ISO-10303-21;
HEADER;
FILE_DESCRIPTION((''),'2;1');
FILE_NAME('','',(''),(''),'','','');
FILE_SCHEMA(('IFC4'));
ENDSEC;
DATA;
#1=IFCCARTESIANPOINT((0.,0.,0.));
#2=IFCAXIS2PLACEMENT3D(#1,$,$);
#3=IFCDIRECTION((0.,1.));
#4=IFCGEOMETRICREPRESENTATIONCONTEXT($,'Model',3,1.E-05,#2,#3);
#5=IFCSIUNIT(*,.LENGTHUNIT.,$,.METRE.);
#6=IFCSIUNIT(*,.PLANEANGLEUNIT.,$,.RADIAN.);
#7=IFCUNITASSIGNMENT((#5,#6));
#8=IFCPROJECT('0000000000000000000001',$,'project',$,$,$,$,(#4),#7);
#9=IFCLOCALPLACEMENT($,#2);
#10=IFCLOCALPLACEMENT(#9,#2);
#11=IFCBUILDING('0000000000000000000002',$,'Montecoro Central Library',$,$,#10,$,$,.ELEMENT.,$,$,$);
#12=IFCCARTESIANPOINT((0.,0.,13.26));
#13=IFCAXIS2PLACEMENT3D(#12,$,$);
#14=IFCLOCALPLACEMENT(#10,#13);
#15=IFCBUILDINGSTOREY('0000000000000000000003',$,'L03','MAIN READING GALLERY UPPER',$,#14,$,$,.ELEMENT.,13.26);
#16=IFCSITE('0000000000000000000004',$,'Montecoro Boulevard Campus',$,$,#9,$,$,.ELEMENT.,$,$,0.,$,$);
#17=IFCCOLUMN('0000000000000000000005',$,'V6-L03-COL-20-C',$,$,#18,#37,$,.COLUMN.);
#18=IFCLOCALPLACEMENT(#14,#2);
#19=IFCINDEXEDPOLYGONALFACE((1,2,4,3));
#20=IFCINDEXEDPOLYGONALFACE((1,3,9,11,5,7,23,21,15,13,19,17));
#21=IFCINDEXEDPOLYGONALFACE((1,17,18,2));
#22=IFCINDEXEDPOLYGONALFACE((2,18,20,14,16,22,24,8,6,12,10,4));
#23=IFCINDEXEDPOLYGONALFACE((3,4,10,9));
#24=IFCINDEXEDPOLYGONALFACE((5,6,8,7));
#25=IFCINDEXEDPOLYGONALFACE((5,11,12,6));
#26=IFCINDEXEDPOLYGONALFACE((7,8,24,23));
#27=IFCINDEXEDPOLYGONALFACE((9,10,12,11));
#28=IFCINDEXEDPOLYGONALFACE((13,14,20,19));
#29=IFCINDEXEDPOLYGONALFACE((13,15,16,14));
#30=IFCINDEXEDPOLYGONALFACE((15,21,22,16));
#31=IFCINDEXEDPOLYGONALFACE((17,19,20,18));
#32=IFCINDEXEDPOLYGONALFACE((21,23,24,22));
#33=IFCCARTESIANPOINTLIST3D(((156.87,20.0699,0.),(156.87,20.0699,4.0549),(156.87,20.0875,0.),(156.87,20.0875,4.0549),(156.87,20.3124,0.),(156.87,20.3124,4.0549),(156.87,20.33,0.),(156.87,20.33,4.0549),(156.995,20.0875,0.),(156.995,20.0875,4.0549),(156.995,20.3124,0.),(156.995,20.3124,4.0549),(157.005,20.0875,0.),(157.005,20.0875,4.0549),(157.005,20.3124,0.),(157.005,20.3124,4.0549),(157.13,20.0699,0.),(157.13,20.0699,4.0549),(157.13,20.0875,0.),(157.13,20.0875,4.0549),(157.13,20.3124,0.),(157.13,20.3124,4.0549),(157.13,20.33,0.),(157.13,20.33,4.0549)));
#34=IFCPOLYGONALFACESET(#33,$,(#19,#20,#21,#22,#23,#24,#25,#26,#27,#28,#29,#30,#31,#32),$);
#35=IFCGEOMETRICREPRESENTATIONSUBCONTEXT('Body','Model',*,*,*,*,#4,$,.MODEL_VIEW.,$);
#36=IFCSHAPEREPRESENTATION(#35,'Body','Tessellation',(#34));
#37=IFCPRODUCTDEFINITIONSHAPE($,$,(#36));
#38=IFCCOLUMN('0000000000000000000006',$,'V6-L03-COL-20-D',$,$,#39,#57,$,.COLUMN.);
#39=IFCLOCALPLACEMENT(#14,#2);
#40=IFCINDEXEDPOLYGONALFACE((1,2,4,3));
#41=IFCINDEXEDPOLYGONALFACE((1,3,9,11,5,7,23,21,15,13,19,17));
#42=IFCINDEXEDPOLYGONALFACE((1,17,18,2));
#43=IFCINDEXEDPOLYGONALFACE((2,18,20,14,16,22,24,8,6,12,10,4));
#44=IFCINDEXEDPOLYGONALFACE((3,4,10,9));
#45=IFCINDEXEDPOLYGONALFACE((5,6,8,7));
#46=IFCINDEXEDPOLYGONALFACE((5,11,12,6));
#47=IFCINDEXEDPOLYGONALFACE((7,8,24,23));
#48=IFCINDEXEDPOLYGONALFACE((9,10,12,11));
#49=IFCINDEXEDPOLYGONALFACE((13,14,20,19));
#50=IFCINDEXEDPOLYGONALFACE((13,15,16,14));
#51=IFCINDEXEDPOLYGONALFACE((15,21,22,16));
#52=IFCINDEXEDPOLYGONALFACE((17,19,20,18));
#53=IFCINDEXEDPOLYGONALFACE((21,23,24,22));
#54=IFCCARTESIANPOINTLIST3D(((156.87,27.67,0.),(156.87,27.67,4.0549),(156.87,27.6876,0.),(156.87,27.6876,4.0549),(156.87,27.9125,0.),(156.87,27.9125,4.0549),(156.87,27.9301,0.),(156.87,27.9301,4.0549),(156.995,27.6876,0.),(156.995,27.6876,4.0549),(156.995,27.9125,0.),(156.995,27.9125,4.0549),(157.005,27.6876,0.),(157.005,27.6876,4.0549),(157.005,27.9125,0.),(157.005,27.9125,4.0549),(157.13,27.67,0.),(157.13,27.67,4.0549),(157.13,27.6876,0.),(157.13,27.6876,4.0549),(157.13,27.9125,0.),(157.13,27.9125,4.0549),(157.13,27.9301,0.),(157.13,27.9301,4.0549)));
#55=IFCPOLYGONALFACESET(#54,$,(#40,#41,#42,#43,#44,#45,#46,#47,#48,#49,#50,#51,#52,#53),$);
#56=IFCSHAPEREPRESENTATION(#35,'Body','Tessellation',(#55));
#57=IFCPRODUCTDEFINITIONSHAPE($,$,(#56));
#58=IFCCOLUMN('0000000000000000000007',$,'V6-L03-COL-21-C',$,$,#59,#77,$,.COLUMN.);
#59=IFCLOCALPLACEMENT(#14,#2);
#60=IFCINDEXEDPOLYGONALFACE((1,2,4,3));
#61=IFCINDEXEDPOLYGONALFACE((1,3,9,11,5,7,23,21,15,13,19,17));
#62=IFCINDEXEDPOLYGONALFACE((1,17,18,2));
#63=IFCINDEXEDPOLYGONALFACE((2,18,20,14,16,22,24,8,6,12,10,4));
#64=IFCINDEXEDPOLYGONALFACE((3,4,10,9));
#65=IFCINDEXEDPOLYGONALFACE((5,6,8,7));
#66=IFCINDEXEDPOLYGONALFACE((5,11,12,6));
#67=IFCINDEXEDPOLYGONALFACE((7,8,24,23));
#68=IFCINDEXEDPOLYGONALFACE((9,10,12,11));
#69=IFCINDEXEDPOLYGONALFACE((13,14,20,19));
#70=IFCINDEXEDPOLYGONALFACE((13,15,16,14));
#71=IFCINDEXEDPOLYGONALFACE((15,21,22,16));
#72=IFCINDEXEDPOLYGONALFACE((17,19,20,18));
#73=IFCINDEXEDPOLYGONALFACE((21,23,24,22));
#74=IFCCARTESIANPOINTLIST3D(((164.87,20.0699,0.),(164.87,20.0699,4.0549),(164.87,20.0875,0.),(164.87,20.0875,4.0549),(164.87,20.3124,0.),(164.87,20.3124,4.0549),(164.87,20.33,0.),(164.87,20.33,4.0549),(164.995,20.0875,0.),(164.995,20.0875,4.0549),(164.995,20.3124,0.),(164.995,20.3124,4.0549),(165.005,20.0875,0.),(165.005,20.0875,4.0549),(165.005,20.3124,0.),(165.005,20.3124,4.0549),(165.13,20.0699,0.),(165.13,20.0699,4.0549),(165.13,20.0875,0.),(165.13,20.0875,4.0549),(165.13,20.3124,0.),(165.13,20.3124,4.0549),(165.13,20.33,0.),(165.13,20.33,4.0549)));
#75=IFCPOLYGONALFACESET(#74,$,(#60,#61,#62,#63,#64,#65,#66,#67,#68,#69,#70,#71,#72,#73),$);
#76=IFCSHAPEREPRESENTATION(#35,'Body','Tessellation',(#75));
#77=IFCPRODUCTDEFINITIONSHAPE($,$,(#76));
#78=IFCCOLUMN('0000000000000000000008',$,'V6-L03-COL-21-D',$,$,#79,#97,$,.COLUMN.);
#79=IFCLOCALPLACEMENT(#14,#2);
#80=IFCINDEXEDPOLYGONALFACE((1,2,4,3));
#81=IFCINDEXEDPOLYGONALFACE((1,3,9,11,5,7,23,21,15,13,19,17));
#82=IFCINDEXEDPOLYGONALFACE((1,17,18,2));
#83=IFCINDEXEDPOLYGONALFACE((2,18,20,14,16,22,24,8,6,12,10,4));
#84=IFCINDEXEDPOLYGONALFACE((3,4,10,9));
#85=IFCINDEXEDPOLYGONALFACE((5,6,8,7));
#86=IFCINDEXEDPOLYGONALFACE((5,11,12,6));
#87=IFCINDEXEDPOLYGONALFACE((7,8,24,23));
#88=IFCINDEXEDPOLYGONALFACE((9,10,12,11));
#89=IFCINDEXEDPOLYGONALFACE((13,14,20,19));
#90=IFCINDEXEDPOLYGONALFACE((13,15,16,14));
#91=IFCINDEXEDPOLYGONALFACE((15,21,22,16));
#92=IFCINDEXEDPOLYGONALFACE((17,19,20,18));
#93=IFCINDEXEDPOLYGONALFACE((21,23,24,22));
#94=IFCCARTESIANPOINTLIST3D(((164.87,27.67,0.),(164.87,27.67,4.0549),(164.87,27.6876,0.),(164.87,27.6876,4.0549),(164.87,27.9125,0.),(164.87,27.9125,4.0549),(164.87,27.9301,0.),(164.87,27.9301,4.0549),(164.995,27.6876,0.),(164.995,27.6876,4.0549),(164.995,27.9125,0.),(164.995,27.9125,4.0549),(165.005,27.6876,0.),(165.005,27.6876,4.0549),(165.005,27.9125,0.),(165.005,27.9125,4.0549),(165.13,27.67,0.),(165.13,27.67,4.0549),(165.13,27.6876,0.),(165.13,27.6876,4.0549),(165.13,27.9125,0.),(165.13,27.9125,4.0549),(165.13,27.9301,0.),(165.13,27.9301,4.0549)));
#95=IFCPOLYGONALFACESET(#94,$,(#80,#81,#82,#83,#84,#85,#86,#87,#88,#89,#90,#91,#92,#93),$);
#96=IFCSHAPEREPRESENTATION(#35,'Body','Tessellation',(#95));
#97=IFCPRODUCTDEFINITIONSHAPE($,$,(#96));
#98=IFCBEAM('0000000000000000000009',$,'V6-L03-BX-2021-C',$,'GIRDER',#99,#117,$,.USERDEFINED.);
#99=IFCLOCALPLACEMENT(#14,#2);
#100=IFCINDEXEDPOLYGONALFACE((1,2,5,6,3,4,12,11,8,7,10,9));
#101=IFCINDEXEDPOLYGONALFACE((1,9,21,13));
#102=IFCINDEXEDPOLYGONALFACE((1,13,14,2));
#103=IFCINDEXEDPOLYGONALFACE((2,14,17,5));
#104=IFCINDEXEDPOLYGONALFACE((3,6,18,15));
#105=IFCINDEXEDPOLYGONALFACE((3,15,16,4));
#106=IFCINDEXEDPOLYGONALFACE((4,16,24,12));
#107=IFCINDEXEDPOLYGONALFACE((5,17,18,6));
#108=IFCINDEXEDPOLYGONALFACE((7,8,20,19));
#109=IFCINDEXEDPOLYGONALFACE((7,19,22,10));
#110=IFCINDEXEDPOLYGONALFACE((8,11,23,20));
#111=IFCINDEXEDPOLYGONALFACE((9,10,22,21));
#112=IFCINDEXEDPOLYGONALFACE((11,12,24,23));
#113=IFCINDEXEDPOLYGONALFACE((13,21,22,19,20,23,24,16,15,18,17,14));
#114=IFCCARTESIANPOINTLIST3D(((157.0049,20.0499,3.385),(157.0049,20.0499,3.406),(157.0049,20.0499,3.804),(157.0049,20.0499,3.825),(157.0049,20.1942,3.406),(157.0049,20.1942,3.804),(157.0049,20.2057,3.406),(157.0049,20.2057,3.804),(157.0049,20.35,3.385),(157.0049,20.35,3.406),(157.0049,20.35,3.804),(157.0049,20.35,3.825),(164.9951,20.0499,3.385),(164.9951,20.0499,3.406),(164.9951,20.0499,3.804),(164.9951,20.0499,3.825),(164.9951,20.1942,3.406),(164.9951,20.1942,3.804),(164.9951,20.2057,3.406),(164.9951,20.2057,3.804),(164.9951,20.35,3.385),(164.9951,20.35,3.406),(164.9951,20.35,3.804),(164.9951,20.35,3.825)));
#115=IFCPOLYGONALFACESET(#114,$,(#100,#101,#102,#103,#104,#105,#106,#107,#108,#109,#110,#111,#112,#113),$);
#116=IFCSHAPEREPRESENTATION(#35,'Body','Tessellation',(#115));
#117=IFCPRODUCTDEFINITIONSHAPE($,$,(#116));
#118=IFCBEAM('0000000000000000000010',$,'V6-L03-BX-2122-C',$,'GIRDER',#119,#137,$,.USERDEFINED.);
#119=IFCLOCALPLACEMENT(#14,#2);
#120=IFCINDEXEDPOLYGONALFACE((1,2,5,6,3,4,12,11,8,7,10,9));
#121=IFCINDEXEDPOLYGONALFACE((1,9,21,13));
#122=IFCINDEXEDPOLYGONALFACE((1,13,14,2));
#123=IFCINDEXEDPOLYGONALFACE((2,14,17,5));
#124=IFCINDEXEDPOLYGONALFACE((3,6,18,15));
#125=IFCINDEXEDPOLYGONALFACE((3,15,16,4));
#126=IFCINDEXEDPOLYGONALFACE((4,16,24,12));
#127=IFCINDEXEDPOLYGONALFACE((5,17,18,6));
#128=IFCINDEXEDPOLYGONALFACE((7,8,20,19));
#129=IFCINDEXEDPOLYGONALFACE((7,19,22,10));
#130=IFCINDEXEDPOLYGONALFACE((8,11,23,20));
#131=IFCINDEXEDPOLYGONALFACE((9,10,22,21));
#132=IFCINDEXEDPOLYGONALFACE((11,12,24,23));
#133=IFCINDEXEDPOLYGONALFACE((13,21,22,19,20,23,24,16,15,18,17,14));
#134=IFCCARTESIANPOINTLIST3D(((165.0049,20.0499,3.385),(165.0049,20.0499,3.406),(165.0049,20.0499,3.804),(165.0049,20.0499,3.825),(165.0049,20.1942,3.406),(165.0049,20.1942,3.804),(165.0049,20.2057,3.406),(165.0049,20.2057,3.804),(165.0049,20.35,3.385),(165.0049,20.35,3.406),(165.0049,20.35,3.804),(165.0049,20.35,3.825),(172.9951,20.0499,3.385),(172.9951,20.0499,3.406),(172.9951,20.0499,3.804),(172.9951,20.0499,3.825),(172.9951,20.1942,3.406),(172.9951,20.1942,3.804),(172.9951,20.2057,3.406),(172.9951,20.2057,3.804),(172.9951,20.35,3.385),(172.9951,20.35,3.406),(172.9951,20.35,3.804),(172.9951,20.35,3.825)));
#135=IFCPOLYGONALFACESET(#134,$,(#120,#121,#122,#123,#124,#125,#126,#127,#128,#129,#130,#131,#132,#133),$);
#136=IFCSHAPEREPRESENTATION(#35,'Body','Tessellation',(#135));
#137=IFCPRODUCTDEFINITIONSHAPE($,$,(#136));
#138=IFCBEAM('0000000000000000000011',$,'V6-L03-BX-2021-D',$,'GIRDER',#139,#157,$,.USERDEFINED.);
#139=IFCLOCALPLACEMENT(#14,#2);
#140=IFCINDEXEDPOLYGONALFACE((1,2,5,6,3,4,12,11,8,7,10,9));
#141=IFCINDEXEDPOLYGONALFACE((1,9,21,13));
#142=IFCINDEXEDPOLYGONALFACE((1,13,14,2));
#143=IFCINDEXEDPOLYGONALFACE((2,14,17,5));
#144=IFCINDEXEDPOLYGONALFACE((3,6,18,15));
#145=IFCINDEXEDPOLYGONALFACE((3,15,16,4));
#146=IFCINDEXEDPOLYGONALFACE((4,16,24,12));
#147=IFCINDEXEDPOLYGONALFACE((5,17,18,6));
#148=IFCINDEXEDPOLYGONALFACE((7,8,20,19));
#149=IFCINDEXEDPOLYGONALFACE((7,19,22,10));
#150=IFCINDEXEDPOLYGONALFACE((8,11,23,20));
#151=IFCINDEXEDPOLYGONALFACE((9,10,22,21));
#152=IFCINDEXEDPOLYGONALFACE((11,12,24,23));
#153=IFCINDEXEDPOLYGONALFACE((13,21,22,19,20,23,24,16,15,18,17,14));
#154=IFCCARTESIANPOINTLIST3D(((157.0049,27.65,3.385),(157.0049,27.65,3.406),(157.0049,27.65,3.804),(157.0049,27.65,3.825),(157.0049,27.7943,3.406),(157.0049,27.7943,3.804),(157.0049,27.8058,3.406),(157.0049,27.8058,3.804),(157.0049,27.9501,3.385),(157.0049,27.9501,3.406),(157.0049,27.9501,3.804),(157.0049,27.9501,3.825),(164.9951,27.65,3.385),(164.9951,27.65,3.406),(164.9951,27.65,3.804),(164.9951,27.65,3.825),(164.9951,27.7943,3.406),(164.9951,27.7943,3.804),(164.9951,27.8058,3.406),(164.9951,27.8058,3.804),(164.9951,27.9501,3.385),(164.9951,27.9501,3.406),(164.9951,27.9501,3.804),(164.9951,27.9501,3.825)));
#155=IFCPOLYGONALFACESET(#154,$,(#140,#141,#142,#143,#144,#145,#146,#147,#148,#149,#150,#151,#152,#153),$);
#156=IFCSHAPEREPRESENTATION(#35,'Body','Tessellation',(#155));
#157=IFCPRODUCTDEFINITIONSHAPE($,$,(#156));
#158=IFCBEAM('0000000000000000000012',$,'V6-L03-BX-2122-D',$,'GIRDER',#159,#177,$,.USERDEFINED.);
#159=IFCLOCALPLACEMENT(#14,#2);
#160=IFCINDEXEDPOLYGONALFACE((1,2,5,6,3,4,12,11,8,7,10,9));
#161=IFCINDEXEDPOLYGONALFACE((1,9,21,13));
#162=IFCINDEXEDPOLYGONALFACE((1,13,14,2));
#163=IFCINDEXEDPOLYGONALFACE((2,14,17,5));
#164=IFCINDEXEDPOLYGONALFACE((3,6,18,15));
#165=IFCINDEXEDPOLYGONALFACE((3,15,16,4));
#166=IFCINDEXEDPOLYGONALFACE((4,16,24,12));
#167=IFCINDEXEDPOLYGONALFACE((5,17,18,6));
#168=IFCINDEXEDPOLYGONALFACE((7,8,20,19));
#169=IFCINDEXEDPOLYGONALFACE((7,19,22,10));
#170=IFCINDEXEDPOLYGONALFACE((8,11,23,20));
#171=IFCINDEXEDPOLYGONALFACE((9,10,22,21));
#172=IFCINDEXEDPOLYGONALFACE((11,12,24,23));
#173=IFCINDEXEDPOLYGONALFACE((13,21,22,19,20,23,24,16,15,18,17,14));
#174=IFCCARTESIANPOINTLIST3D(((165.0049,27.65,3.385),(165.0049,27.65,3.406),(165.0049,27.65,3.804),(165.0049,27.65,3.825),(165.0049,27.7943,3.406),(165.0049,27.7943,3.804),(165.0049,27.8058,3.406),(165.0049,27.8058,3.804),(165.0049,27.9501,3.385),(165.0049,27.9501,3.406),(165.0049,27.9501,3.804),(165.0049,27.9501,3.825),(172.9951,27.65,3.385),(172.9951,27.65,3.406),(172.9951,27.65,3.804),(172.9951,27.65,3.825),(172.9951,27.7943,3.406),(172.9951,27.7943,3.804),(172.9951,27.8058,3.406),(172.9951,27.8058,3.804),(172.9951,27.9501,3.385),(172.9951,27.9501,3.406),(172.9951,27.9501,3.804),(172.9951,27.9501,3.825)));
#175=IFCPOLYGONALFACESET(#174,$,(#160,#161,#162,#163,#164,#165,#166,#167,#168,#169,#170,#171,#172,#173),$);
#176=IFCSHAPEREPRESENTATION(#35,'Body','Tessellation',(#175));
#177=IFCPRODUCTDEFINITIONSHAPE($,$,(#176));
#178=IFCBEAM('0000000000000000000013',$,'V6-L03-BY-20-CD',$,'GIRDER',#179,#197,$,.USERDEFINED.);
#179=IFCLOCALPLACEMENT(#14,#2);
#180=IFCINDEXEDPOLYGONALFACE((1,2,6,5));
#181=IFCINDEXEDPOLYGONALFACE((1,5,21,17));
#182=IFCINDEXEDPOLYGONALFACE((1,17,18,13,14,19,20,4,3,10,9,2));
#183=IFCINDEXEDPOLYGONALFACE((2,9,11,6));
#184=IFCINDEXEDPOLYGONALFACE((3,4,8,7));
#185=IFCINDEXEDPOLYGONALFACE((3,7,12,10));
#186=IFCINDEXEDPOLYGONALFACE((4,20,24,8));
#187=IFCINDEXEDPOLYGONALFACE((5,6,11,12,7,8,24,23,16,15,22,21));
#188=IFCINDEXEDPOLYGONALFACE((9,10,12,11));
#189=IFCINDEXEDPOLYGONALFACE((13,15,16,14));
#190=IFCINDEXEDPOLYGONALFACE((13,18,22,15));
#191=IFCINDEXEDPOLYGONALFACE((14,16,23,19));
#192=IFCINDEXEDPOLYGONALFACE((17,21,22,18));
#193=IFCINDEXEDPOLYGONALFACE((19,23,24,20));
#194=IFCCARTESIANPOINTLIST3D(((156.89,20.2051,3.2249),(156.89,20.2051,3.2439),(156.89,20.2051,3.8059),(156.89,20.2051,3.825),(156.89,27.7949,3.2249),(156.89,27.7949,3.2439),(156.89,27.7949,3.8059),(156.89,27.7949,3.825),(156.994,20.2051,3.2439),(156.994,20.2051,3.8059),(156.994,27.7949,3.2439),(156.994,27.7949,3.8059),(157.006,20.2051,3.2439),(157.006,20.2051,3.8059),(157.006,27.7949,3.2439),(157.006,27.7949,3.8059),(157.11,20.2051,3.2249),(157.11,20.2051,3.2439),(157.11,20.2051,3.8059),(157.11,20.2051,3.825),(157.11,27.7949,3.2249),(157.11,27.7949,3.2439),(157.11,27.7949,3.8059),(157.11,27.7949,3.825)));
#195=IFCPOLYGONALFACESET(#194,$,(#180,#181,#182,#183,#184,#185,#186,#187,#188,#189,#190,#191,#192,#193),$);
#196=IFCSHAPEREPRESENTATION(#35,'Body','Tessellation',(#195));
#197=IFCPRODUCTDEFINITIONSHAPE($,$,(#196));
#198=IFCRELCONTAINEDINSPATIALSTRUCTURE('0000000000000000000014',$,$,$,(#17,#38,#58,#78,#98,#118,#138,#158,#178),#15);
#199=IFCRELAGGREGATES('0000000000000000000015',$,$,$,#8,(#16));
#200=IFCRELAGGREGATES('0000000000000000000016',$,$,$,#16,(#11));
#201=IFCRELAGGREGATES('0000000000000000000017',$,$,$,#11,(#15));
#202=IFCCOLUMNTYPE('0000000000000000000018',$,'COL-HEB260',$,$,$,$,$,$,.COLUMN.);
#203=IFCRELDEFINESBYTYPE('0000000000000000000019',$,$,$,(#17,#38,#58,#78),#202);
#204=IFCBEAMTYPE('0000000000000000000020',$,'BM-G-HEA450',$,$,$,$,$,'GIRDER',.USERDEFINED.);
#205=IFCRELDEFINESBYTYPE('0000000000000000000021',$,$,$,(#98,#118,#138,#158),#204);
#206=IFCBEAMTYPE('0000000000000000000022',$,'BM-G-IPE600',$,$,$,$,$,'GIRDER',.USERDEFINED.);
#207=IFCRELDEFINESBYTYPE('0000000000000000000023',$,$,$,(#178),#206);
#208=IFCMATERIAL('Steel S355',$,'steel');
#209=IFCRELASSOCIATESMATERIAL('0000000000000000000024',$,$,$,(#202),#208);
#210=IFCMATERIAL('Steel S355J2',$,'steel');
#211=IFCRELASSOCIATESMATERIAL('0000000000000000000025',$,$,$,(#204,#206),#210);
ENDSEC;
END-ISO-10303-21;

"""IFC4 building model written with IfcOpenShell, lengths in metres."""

from ifc_helpers import new_model, si_unit, direction, frame, origin, origin_2d, place, context, subcontext, project, spatial, i_section, extrude, material, material_profile, profile_set, type_object, element, save


model = new_model("IFC4")

# Units and contexts
model_context = context("Model", 3, precision=1e-05, world=origin(), true_north=direction((0.0, 1.0)))
body_context = subcontext(model_context, "Body", "Model", "MODEL_VIEW")
ifc_project = project(units=[si_unit("LENGTHUNIT", "METRE"), si_unit("PLANEANGLEUNIT", "RADIAN")], contexts=[model_context])

# Site, building, storey
site_placement = place(None, origin())
site = spatial("IfcSite", under=ifc_project, at=site_placement, Name="Montecoro Boulevard Campus", CompositionType="ELEMENT", RefElevation=0.0)
building_placement = place(site_placement, origin())
building = spatial("IfcBuilding", under=site, at=building_placement, Name="Montecoro Central Library", CompositionType="ELEMENT")
storey_placement = place(building_placement, frame((0.0, 0.0, 13.26)))
storey = spatial("IfcBuildingStorey", under=building, at=storey_placement, Name="L03", Description="MAIN READING GALLERY UPPER", CompositionType="ELEMENT", Elevation=13.26)

# Columns
ifc_material_1 = material(Name="Steel S355", Category="steel")
ifc_material_profile_1 = material_profile(ifc_material_1, i_section(OverallWidth=0.26, OverallDepth=0.26, WebThickness=0.01, FlangeThickness=0.0176, at=origin_2d()), Name="HEB 260")
ifc_profile_set_1 = profile_set([ifc_material_profile_1], Name="Steel S355")
column_type = type_object("IfcColumnType", Name="COL-HEB260", PredefinedType="COLUMN", material=ifc_profile_set_1)
for number, where, z_axis, x_axis, name in (
    (1, (157.0, 20.2, 0.0), (0.0, 0.0, 1.0), (1.0, 0.0, 0.0), "V6-L03-COL-20-C"),
    (2, (157.0, 27.8, 0.0), (0.0, 0.0, 1.0), (1.0, 0.0, 0.0), "V6-L03-COL-20-D"),
    (3, (165.0, 20.2, 0.0), (0.0, 0.0, 1.0), (1.0, 0.0, 0.0), "V6-L03-COL-21-C"),
    (4, (165.0, 27.8, 0.0), (0.0, 0.0, 1.0), (1.0, 0.0, 0.0), "V6-L03-COL-21-D"),
):
    element("IfcColumn", number, at=place(storey_placement, frame(where, z_axis=z_axis, x_axis=x_axis)), inside=storey, type_object=column_type, Name=name, PredefinedType="COLUMN", context=body_context, shape_type="SweptSolid", body=[
        extrude(i_section(OverallWidth=0.26, OverallDepth=0.26, WebThickness=0.01, FlangeThickness=0.0176, at=origin_2d()), origin(), (0.0, 0.0, 1.0), 4.0549),
    ])

# Beams
ifc_material_2 = material(Name="Steel S355J2", Category="steel")
ifc_material_profile_2 = material_profile(ifc_material_2, i_section(OverallWidth=0.3, OverallDepth=0.4399, WebThickness=0.0115, FlangeThickness=0.021, at=origin_2d()), Name="HEA 450")
ifc_profile_set_2 = profile_set([ifc_material_profile_2], Name="Steel S355J2")
beam_type_1 = type_object("IfcBeamType", Name="BM-G-HEA450", ElementType="GIRDER", PredefinedType="USERDEFINED", material=ifc_profile_set_2)
for number, where, z_axis, x_axis, name in (
    (5, (157.0049, 20.2, 3.605), (1.0, 0.0, 0.0), (0.0, 1.0, 0.0), "V6-L03-BX-2021-C"),
    (6, (165.0049, 20.2, 3.605), (1.0, 0.0, 0.0), (0.0, 1.0, 0.0), "V6-L03-BX-2122-C"),
    (7, (157.0049, 27.8, 3.605), (1.0, 0.0, 0.0), (0.0, 1.0, 0.0), "V6-L03-BX-2021-D"),
    (8, (165.0049, 27.8, 3.605), (1.0, 0.0, 0.0), (0.0, 1.0, 0.0), "V6-L03-BX-2122-D"),
):
    element("IfcBeam", number, at=place(storey_placement, frame(where, z_axis=z_axis, x_axis=x_axis)), inside=storey, type_object=beam_type_1, Name=name, ObjectType="GIRDER", PredefinedType="USERDEFINED", context=body_context, shape_type="SweptSolid", body=[
        extrude(i_section(OverallWidth=0.3, OverallDepth=0.4399, WebThickness=0.0115, FlangeThickness=0.021, at=origin_2d()), origin(), (0.0, 0.0, 1.0), 7.9902),
    ])
ifc_material_profile_3 = material_profile(ifc_material_2, i_section(OverallWidth=0.22, OverallDepth=0.6001, WebThickness=0.012, FlangeThickness=0.019, at=origin_2d()), Name="IPE 600")
ifc_profile_set_3 = profile_set([ifc_material_profile_3], Name="Steel S355J2")
beam_type_2 = type_object("IfcBeamType", Name="BM-G-IPE600", ElementType="GIRDER", PredefinedType="USERDEFINED", material=ifc_profile_set_3)
beam_1_placement = place(storey_placement, frame((157.0, 20.2051, 3.5249), z_axis=(0.0, 1.0, 0.0), x_axis=(-1.0, 0.0, 0.0)))
element("IfcBeam", 9, at=beam_1_placement, inside=storey, type_object=beam_type_2, Name="V6-L03-BY-20-CD", ObjectType="GIRDER", PredefinedType="USERDEFINED", context=body_context, shape_type="SweptSolid", body=[
    extrude(i_section(OverallWidth=0.22, OverallDepth=0.6001, WebThickness=0.012, FlangeThickness=0.019, at=origin_2d()), origin(), (0.0, 0.0, 1.0), 7.5898),
])

save(model, "model.ifc")
